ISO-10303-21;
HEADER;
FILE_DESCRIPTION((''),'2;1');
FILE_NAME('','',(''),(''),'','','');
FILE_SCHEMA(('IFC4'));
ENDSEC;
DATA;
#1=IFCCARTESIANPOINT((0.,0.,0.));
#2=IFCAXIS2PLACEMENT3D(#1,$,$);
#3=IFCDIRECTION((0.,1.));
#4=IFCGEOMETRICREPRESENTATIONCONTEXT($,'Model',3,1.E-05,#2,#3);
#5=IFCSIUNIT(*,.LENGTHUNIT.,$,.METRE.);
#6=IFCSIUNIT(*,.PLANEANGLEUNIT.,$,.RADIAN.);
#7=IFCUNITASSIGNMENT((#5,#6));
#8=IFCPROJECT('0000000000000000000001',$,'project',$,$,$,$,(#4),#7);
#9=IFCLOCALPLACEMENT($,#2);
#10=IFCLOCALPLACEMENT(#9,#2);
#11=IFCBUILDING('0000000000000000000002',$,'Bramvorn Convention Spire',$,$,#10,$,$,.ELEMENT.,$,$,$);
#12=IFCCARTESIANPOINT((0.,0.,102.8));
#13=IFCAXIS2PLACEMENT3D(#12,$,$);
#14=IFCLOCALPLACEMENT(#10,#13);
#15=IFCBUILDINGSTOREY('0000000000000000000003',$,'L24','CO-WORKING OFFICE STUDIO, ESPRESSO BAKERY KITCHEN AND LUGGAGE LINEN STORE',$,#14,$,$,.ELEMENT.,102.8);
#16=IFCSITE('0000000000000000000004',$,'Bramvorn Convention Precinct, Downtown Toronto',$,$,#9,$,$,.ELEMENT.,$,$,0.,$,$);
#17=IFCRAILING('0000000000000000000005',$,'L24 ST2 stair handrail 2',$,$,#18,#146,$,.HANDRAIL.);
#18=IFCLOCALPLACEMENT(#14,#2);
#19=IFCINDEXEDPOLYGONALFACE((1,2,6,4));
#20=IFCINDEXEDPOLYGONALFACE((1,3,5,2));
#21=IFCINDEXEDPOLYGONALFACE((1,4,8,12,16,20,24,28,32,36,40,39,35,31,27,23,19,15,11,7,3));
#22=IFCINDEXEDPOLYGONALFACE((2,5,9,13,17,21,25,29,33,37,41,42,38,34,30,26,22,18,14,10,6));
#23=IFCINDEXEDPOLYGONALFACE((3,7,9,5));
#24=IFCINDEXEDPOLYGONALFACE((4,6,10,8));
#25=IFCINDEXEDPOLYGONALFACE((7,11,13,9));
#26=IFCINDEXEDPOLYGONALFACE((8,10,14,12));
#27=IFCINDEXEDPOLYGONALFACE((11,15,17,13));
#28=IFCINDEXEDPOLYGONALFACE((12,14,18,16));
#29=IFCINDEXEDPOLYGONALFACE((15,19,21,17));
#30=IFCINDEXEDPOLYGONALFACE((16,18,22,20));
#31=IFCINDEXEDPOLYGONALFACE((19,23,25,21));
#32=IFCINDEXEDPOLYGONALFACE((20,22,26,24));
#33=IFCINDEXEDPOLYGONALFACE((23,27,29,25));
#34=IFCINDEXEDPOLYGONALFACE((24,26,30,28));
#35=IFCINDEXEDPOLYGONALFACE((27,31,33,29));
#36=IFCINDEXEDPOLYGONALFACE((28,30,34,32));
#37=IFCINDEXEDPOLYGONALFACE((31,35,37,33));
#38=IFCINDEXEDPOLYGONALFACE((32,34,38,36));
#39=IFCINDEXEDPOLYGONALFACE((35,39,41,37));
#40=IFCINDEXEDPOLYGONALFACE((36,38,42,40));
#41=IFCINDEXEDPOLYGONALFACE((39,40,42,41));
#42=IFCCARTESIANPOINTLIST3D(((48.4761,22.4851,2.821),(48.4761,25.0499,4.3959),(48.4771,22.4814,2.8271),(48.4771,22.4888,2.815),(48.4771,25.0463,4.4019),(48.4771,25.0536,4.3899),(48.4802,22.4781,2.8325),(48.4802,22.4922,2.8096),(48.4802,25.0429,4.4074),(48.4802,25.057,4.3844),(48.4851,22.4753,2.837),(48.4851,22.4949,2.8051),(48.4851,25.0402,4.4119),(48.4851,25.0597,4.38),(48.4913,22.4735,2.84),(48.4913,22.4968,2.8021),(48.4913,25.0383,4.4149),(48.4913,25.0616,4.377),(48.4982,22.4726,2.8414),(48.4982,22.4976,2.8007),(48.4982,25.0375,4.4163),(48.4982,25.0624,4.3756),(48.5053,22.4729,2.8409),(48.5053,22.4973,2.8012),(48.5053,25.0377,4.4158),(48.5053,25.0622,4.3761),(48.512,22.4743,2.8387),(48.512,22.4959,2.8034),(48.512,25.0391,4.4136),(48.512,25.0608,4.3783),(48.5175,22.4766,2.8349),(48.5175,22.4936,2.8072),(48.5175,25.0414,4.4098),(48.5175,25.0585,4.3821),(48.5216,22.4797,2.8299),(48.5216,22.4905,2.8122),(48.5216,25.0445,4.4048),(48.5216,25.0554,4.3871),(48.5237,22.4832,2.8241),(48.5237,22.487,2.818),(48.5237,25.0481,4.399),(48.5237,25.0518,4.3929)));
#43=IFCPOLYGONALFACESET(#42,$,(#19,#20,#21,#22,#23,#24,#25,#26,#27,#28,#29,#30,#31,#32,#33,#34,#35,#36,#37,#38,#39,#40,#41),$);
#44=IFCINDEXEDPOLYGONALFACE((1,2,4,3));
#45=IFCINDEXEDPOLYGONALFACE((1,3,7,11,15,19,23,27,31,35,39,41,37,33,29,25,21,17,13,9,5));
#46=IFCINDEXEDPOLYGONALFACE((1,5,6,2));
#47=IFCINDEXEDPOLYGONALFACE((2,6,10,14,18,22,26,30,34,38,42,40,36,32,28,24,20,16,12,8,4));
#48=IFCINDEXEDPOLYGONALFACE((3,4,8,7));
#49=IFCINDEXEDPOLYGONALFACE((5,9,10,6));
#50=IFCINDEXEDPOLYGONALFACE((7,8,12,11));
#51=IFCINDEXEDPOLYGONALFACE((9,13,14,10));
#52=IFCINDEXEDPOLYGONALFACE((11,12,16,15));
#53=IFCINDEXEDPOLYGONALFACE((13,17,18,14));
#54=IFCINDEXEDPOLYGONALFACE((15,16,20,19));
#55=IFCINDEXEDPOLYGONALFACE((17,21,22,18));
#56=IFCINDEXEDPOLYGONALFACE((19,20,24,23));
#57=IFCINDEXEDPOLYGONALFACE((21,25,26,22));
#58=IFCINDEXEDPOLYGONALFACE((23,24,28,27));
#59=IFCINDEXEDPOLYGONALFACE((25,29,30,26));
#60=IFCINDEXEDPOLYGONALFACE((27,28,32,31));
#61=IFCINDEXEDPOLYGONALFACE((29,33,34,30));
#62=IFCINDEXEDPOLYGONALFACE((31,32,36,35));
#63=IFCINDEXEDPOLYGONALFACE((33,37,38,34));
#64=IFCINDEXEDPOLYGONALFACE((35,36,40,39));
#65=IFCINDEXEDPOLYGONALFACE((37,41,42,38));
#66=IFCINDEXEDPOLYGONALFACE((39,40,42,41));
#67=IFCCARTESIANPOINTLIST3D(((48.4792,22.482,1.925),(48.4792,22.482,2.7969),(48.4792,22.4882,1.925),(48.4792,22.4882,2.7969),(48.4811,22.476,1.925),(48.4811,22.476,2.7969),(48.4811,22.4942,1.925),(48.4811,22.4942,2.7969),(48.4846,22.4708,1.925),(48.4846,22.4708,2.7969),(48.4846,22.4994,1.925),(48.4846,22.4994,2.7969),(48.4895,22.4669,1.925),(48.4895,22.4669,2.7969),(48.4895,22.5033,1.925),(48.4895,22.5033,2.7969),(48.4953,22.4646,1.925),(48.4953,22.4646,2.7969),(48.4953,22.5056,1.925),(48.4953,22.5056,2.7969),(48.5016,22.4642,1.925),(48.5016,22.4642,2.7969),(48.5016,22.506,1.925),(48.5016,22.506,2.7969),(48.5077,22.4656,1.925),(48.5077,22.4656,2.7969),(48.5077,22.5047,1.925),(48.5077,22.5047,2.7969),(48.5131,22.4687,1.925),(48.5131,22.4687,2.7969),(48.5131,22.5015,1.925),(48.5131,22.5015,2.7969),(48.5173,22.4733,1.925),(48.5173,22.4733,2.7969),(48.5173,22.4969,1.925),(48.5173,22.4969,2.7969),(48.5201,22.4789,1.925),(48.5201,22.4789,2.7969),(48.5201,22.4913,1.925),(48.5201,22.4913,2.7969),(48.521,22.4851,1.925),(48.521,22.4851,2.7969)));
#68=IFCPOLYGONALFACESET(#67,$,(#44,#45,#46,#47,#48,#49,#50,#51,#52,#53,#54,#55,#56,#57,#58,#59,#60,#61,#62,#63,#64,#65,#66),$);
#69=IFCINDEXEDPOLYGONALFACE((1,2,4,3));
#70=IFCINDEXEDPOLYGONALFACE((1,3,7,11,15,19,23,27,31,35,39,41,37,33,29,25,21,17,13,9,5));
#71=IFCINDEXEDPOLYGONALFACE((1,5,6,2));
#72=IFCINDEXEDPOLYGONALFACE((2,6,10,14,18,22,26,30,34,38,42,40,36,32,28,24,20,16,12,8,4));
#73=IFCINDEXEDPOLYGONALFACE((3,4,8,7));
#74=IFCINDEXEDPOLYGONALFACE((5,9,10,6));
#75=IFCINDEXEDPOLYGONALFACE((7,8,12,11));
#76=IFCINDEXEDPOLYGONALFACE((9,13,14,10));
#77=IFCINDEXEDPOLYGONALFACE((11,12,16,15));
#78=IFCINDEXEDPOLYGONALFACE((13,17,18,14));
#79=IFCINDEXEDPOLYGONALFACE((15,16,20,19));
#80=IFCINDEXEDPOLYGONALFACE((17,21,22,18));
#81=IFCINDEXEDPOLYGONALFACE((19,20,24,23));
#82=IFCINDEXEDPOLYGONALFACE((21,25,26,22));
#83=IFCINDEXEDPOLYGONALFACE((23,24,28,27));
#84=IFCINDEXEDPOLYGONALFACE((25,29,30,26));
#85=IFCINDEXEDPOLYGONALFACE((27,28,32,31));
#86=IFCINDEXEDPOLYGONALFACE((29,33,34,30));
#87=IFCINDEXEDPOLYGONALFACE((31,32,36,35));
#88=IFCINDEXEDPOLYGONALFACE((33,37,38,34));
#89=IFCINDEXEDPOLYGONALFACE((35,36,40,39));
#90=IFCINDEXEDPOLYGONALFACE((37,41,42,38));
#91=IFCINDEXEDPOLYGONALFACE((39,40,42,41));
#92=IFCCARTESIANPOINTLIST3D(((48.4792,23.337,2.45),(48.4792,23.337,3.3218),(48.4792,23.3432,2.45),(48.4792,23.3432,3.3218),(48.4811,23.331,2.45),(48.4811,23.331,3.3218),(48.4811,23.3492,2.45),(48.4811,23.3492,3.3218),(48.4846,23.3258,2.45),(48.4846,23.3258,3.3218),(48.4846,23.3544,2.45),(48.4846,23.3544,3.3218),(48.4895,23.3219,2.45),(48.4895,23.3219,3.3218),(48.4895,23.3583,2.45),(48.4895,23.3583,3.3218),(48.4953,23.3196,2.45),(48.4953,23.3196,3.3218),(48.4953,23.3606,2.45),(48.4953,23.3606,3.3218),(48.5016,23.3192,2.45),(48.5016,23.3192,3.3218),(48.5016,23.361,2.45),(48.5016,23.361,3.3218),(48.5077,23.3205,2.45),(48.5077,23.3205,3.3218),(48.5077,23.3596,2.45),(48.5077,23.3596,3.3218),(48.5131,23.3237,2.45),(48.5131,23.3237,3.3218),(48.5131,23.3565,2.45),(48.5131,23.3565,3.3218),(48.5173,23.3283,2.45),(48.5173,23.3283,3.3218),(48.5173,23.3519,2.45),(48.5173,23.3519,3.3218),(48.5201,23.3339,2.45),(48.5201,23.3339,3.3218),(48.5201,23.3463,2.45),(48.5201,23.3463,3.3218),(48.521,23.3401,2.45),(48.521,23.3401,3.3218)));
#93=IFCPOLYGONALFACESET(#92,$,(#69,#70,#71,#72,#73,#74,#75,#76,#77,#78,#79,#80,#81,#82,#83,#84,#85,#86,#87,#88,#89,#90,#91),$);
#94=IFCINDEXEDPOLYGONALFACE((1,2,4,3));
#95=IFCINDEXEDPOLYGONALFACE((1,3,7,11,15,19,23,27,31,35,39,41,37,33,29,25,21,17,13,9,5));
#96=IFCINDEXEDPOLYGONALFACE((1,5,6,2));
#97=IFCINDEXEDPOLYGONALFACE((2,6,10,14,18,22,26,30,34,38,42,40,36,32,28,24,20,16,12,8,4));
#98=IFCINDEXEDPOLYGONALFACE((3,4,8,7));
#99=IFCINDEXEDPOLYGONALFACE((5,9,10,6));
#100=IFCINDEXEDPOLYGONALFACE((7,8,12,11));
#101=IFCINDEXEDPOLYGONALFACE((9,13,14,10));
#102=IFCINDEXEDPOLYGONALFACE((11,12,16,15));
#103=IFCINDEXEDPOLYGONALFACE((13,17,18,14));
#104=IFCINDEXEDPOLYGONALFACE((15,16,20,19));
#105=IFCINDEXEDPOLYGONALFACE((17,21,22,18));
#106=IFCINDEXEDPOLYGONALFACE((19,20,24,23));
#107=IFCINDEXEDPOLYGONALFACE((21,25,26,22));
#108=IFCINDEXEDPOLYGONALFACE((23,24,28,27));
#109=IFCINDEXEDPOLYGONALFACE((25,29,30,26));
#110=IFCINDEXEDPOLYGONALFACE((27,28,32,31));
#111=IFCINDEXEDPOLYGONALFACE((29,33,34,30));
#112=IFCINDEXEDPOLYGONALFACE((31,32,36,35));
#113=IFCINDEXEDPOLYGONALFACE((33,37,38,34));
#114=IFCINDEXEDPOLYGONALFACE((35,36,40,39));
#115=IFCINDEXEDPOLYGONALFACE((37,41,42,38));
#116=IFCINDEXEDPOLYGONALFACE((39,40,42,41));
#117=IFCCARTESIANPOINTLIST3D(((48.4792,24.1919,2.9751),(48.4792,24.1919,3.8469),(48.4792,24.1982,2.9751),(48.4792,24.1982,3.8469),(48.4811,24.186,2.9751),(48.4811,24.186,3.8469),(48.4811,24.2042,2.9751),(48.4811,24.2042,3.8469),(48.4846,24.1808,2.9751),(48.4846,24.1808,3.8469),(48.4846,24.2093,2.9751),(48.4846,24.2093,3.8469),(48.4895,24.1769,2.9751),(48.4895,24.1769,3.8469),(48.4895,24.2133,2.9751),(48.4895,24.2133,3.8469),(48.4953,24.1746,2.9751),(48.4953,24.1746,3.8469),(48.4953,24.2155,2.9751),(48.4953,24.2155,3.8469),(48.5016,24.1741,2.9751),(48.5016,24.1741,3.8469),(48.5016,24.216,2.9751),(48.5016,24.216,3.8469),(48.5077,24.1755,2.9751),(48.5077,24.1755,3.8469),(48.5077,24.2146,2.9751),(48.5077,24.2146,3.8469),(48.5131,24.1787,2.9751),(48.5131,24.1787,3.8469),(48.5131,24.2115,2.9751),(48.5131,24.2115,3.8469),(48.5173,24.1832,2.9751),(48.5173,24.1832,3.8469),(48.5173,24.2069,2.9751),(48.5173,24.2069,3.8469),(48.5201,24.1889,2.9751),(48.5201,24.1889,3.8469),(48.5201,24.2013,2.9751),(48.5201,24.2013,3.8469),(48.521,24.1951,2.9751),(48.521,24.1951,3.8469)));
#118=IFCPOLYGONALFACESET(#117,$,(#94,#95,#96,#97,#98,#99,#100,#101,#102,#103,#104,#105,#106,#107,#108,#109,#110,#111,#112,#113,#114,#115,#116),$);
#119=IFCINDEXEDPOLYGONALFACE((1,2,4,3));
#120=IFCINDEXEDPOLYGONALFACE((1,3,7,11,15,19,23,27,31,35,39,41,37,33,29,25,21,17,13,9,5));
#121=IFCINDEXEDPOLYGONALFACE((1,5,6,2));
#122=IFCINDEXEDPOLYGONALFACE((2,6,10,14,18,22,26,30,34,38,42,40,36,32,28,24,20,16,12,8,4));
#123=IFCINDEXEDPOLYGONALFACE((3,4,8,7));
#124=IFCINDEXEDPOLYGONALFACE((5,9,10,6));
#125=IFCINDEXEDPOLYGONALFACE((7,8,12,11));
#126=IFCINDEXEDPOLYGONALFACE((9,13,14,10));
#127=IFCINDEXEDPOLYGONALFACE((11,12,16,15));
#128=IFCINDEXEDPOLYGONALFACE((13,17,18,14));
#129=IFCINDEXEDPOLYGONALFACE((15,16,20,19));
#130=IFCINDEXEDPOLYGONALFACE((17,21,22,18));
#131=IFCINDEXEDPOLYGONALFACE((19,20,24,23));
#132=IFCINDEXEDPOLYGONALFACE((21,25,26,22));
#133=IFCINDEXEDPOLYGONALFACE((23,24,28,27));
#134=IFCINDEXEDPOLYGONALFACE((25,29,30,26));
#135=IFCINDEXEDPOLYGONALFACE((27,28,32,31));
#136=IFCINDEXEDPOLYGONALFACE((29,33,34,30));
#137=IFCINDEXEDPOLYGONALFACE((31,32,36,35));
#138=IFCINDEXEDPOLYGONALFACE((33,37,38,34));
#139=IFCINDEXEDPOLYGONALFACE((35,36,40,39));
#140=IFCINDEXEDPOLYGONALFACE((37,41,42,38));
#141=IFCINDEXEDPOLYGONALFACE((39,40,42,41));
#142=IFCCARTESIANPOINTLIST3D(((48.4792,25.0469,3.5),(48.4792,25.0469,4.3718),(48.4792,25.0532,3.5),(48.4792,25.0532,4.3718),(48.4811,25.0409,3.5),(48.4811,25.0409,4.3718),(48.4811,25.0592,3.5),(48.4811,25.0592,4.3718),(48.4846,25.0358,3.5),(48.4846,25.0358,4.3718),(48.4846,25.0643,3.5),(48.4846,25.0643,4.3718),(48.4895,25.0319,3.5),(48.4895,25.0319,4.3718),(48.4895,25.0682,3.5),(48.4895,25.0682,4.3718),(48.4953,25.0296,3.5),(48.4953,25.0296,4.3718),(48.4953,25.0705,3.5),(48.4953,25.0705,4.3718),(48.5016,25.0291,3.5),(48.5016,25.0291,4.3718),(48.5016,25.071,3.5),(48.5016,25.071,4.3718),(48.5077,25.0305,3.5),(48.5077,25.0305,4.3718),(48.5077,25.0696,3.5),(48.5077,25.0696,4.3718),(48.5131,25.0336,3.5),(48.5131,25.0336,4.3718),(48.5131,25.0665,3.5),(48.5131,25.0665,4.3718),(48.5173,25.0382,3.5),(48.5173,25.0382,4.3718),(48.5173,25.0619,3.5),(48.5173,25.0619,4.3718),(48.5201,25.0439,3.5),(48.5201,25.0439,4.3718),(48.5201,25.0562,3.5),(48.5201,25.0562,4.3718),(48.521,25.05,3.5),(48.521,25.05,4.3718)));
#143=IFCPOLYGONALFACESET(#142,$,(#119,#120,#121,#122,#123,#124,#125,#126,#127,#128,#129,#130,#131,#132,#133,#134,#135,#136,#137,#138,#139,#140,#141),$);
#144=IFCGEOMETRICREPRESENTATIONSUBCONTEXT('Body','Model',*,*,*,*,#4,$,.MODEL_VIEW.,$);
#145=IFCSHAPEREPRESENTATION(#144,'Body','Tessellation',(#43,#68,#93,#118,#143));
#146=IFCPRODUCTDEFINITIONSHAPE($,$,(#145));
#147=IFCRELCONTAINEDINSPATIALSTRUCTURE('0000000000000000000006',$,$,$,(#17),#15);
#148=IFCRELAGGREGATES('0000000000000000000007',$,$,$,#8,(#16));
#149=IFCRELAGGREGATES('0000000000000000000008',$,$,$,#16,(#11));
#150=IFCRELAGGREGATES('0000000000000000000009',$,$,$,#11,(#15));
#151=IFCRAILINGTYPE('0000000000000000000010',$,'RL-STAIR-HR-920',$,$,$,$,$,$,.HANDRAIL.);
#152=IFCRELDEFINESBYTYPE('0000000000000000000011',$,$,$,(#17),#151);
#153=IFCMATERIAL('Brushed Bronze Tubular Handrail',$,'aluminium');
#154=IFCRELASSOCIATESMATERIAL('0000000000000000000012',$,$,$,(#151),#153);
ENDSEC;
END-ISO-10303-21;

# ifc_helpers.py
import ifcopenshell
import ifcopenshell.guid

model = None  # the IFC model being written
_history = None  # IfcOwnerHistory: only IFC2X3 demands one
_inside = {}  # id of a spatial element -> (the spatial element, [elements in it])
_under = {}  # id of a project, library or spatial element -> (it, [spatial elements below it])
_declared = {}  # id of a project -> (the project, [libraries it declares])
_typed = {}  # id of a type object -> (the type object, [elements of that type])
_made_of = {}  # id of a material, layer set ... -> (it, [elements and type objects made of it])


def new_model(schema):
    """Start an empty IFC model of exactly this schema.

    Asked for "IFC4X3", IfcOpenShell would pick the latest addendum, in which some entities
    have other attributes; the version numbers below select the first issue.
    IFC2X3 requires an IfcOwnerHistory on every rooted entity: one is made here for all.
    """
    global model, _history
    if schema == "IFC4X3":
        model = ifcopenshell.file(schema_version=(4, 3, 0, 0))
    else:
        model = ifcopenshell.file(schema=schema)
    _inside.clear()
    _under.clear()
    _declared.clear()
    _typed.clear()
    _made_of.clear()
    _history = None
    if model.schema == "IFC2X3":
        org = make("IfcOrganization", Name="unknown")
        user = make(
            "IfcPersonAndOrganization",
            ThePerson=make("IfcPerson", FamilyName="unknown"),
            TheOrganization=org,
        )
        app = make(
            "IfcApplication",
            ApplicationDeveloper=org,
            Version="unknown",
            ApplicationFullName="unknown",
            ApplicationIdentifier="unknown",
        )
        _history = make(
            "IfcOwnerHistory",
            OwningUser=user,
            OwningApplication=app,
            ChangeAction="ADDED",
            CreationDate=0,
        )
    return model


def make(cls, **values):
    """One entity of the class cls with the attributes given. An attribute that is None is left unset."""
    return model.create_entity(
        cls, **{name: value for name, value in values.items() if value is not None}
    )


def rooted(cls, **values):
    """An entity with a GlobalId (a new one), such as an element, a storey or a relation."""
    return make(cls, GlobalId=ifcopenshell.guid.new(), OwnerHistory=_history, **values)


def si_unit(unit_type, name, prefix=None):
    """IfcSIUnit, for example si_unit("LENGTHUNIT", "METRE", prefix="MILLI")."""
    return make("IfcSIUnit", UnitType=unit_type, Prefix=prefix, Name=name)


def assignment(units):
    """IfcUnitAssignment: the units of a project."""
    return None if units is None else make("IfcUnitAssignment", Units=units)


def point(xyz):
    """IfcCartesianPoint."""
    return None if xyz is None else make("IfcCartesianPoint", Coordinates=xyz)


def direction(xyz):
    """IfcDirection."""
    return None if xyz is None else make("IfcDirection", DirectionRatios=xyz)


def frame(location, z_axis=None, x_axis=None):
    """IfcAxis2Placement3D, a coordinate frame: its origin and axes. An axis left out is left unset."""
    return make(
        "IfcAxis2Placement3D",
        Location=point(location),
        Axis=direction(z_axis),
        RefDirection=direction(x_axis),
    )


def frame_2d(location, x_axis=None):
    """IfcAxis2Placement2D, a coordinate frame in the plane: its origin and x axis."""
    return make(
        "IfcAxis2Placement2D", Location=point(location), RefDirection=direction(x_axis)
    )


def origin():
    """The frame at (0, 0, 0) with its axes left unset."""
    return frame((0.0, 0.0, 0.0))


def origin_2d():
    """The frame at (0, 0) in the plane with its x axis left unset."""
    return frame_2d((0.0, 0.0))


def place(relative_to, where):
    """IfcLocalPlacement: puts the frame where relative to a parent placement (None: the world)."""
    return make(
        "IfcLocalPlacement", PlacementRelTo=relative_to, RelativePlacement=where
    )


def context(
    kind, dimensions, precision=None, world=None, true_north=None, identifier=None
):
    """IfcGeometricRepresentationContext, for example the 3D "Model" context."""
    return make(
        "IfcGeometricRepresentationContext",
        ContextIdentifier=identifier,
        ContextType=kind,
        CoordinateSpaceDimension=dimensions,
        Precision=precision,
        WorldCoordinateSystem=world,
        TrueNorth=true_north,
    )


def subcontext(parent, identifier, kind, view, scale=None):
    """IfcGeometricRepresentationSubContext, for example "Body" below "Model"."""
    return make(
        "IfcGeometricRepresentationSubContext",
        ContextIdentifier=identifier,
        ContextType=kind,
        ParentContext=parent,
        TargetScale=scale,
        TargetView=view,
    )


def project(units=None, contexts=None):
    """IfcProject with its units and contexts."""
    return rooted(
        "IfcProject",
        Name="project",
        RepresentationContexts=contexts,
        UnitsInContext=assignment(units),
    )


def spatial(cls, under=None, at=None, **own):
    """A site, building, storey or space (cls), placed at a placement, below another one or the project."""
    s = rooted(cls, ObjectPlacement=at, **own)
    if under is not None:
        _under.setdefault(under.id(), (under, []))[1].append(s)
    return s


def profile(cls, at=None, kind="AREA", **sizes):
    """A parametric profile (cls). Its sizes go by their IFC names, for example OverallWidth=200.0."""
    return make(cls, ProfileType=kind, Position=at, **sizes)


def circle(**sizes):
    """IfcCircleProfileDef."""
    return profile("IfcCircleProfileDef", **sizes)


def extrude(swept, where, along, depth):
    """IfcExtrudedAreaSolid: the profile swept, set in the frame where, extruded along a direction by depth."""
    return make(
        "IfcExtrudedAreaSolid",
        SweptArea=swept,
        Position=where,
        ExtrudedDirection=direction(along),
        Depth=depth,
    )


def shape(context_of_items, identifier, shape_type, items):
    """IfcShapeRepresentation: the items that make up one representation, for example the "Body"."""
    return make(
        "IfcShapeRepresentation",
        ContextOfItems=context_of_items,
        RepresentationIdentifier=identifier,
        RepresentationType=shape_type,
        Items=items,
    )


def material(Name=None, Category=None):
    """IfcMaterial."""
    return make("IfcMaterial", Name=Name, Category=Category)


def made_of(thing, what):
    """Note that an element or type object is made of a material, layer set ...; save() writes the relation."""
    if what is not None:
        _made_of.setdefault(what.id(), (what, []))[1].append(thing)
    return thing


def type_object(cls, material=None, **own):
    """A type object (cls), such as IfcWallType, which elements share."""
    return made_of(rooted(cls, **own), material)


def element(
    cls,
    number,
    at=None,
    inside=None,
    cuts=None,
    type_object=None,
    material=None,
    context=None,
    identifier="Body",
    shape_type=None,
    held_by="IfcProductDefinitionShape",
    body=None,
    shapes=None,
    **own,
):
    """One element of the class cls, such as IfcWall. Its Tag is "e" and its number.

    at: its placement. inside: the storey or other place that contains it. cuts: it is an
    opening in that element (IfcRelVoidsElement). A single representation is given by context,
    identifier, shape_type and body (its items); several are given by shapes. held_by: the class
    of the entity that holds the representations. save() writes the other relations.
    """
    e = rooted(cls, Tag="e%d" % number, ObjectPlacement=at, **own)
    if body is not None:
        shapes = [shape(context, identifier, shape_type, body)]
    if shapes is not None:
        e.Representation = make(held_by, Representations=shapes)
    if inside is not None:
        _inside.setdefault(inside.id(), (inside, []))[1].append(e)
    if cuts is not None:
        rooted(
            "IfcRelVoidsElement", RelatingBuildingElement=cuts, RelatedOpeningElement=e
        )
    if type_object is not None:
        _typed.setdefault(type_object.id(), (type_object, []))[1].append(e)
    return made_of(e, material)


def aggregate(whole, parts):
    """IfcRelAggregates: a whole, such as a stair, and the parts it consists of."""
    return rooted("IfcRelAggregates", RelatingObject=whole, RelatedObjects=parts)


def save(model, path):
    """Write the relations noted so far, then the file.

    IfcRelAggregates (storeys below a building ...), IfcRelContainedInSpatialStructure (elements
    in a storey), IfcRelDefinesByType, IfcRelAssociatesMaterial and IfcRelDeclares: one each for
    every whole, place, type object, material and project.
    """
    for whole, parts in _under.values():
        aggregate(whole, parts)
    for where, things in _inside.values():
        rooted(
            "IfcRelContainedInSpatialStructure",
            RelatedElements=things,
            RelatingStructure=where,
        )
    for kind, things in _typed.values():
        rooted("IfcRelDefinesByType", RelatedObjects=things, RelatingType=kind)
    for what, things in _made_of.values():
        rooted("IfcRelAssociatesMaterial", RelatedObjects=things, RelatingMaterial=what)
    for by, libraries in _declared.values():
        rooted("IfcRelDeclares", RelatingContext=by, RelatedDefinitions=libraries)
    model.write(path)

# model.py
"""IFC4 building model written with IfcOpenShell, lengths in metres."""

from ifc_helpers import new_model, si_unit, direction, frame, origin, origin_2d, place, context, subcontext, project, spatial, circle, extrude, material, type_object, element, save


model = new_model("IFC4")

# Units and contexts
model_context = context("Model", 3, precision=1e-05, world=origin(), true_north=direction((0.0, 1.0)))
body_context = subcontext(model_context, "Body", "Model", "MODEL_VIEW")
ifc_project = project(units=[si_unit("LENGTHUNIT", "METRE"), si_unit("PLANEANGLEUNIT", "RADIAN")], contexts=[model_context])

# Site, building, storey
site_placement = place(None, origin())
site = spatial("IfcSite", under=ifc_project, at=site_placement, Name="Bramvorn Convention Precinct, Downtown Toronto", CompositionType="ELEMENT", RefElevation=0.0)
building_placement = place(site_placement, origin())
building = spatial("IfcBuilding", under=site, at=building_placement, Name="Bramvorn Convention Spire", CompositionType="ELEMENT")
storey_placement = place(building_placement, frame((0.0, 0.0, 102.8)))
storey = spatial("IfcBuildingStorey", under=building, at=storey_placement, Name="L24", Description="CO-WORKING OFFICE STUDIO, ESPRESSO BAKERY KITCHEN AND LUGGAGE LINEN STORE", CompositionType="ELEMENT", Elevation=102.8)

# Railing
ifc_material_1 = material(Name="Brushed Bronze Tubular Handrail", Category="aluminium")
railing_type_1 = type_object("IfcRailingType", Name="RL-STAIR-HR-920", PredefinedType="HANDRAIL", material=ifc_material_1)
railing_1_placement = place(storey_placement, frame((48.5, 22.4851, 1.925)))
element("IfcRailing", 1, at=railing_1_placement, inside=storey, type_object=railing_type_1, Name="L24 ST2 stair handrail 2", PredefinedType="HANDRAIL", context=body_context, shape_type="SweptSolid", body=[
    extrude(circle(Radius=0.0239, at=origin_2d()), frame((0.0, 0.0, 0.896), z_axis=(0.0, 0.852173, 0.52326), x_axis=(-1.0, 0.0, 0.0)), (0.0, 0.0, 1.0), 3.0098),
    extrude(circle(Radius=0.021, at=origin_2d()), origin(), (0.0, 0.0, 1.0), 0.8718),
    extrude(circle(Radius=0.021, at=origin_2d()), frame((0.0, 0.855, 0.5249)), (0.0, 0.0, 1.0), 0.8718),
    extrude(circle(Radius=0.021, at=origin_2d()), frame((0.0, 1.71, 1.05)), (0.0, 0.0, 1.0), 0.8718),
    extrude(circle(Radius=0.021, at=origin_2d()), frame((0.0, 2.5649, 1.575)), (0.0, 0.0, 1.0), 0.8718),
])

save(model, "model.ifc")
